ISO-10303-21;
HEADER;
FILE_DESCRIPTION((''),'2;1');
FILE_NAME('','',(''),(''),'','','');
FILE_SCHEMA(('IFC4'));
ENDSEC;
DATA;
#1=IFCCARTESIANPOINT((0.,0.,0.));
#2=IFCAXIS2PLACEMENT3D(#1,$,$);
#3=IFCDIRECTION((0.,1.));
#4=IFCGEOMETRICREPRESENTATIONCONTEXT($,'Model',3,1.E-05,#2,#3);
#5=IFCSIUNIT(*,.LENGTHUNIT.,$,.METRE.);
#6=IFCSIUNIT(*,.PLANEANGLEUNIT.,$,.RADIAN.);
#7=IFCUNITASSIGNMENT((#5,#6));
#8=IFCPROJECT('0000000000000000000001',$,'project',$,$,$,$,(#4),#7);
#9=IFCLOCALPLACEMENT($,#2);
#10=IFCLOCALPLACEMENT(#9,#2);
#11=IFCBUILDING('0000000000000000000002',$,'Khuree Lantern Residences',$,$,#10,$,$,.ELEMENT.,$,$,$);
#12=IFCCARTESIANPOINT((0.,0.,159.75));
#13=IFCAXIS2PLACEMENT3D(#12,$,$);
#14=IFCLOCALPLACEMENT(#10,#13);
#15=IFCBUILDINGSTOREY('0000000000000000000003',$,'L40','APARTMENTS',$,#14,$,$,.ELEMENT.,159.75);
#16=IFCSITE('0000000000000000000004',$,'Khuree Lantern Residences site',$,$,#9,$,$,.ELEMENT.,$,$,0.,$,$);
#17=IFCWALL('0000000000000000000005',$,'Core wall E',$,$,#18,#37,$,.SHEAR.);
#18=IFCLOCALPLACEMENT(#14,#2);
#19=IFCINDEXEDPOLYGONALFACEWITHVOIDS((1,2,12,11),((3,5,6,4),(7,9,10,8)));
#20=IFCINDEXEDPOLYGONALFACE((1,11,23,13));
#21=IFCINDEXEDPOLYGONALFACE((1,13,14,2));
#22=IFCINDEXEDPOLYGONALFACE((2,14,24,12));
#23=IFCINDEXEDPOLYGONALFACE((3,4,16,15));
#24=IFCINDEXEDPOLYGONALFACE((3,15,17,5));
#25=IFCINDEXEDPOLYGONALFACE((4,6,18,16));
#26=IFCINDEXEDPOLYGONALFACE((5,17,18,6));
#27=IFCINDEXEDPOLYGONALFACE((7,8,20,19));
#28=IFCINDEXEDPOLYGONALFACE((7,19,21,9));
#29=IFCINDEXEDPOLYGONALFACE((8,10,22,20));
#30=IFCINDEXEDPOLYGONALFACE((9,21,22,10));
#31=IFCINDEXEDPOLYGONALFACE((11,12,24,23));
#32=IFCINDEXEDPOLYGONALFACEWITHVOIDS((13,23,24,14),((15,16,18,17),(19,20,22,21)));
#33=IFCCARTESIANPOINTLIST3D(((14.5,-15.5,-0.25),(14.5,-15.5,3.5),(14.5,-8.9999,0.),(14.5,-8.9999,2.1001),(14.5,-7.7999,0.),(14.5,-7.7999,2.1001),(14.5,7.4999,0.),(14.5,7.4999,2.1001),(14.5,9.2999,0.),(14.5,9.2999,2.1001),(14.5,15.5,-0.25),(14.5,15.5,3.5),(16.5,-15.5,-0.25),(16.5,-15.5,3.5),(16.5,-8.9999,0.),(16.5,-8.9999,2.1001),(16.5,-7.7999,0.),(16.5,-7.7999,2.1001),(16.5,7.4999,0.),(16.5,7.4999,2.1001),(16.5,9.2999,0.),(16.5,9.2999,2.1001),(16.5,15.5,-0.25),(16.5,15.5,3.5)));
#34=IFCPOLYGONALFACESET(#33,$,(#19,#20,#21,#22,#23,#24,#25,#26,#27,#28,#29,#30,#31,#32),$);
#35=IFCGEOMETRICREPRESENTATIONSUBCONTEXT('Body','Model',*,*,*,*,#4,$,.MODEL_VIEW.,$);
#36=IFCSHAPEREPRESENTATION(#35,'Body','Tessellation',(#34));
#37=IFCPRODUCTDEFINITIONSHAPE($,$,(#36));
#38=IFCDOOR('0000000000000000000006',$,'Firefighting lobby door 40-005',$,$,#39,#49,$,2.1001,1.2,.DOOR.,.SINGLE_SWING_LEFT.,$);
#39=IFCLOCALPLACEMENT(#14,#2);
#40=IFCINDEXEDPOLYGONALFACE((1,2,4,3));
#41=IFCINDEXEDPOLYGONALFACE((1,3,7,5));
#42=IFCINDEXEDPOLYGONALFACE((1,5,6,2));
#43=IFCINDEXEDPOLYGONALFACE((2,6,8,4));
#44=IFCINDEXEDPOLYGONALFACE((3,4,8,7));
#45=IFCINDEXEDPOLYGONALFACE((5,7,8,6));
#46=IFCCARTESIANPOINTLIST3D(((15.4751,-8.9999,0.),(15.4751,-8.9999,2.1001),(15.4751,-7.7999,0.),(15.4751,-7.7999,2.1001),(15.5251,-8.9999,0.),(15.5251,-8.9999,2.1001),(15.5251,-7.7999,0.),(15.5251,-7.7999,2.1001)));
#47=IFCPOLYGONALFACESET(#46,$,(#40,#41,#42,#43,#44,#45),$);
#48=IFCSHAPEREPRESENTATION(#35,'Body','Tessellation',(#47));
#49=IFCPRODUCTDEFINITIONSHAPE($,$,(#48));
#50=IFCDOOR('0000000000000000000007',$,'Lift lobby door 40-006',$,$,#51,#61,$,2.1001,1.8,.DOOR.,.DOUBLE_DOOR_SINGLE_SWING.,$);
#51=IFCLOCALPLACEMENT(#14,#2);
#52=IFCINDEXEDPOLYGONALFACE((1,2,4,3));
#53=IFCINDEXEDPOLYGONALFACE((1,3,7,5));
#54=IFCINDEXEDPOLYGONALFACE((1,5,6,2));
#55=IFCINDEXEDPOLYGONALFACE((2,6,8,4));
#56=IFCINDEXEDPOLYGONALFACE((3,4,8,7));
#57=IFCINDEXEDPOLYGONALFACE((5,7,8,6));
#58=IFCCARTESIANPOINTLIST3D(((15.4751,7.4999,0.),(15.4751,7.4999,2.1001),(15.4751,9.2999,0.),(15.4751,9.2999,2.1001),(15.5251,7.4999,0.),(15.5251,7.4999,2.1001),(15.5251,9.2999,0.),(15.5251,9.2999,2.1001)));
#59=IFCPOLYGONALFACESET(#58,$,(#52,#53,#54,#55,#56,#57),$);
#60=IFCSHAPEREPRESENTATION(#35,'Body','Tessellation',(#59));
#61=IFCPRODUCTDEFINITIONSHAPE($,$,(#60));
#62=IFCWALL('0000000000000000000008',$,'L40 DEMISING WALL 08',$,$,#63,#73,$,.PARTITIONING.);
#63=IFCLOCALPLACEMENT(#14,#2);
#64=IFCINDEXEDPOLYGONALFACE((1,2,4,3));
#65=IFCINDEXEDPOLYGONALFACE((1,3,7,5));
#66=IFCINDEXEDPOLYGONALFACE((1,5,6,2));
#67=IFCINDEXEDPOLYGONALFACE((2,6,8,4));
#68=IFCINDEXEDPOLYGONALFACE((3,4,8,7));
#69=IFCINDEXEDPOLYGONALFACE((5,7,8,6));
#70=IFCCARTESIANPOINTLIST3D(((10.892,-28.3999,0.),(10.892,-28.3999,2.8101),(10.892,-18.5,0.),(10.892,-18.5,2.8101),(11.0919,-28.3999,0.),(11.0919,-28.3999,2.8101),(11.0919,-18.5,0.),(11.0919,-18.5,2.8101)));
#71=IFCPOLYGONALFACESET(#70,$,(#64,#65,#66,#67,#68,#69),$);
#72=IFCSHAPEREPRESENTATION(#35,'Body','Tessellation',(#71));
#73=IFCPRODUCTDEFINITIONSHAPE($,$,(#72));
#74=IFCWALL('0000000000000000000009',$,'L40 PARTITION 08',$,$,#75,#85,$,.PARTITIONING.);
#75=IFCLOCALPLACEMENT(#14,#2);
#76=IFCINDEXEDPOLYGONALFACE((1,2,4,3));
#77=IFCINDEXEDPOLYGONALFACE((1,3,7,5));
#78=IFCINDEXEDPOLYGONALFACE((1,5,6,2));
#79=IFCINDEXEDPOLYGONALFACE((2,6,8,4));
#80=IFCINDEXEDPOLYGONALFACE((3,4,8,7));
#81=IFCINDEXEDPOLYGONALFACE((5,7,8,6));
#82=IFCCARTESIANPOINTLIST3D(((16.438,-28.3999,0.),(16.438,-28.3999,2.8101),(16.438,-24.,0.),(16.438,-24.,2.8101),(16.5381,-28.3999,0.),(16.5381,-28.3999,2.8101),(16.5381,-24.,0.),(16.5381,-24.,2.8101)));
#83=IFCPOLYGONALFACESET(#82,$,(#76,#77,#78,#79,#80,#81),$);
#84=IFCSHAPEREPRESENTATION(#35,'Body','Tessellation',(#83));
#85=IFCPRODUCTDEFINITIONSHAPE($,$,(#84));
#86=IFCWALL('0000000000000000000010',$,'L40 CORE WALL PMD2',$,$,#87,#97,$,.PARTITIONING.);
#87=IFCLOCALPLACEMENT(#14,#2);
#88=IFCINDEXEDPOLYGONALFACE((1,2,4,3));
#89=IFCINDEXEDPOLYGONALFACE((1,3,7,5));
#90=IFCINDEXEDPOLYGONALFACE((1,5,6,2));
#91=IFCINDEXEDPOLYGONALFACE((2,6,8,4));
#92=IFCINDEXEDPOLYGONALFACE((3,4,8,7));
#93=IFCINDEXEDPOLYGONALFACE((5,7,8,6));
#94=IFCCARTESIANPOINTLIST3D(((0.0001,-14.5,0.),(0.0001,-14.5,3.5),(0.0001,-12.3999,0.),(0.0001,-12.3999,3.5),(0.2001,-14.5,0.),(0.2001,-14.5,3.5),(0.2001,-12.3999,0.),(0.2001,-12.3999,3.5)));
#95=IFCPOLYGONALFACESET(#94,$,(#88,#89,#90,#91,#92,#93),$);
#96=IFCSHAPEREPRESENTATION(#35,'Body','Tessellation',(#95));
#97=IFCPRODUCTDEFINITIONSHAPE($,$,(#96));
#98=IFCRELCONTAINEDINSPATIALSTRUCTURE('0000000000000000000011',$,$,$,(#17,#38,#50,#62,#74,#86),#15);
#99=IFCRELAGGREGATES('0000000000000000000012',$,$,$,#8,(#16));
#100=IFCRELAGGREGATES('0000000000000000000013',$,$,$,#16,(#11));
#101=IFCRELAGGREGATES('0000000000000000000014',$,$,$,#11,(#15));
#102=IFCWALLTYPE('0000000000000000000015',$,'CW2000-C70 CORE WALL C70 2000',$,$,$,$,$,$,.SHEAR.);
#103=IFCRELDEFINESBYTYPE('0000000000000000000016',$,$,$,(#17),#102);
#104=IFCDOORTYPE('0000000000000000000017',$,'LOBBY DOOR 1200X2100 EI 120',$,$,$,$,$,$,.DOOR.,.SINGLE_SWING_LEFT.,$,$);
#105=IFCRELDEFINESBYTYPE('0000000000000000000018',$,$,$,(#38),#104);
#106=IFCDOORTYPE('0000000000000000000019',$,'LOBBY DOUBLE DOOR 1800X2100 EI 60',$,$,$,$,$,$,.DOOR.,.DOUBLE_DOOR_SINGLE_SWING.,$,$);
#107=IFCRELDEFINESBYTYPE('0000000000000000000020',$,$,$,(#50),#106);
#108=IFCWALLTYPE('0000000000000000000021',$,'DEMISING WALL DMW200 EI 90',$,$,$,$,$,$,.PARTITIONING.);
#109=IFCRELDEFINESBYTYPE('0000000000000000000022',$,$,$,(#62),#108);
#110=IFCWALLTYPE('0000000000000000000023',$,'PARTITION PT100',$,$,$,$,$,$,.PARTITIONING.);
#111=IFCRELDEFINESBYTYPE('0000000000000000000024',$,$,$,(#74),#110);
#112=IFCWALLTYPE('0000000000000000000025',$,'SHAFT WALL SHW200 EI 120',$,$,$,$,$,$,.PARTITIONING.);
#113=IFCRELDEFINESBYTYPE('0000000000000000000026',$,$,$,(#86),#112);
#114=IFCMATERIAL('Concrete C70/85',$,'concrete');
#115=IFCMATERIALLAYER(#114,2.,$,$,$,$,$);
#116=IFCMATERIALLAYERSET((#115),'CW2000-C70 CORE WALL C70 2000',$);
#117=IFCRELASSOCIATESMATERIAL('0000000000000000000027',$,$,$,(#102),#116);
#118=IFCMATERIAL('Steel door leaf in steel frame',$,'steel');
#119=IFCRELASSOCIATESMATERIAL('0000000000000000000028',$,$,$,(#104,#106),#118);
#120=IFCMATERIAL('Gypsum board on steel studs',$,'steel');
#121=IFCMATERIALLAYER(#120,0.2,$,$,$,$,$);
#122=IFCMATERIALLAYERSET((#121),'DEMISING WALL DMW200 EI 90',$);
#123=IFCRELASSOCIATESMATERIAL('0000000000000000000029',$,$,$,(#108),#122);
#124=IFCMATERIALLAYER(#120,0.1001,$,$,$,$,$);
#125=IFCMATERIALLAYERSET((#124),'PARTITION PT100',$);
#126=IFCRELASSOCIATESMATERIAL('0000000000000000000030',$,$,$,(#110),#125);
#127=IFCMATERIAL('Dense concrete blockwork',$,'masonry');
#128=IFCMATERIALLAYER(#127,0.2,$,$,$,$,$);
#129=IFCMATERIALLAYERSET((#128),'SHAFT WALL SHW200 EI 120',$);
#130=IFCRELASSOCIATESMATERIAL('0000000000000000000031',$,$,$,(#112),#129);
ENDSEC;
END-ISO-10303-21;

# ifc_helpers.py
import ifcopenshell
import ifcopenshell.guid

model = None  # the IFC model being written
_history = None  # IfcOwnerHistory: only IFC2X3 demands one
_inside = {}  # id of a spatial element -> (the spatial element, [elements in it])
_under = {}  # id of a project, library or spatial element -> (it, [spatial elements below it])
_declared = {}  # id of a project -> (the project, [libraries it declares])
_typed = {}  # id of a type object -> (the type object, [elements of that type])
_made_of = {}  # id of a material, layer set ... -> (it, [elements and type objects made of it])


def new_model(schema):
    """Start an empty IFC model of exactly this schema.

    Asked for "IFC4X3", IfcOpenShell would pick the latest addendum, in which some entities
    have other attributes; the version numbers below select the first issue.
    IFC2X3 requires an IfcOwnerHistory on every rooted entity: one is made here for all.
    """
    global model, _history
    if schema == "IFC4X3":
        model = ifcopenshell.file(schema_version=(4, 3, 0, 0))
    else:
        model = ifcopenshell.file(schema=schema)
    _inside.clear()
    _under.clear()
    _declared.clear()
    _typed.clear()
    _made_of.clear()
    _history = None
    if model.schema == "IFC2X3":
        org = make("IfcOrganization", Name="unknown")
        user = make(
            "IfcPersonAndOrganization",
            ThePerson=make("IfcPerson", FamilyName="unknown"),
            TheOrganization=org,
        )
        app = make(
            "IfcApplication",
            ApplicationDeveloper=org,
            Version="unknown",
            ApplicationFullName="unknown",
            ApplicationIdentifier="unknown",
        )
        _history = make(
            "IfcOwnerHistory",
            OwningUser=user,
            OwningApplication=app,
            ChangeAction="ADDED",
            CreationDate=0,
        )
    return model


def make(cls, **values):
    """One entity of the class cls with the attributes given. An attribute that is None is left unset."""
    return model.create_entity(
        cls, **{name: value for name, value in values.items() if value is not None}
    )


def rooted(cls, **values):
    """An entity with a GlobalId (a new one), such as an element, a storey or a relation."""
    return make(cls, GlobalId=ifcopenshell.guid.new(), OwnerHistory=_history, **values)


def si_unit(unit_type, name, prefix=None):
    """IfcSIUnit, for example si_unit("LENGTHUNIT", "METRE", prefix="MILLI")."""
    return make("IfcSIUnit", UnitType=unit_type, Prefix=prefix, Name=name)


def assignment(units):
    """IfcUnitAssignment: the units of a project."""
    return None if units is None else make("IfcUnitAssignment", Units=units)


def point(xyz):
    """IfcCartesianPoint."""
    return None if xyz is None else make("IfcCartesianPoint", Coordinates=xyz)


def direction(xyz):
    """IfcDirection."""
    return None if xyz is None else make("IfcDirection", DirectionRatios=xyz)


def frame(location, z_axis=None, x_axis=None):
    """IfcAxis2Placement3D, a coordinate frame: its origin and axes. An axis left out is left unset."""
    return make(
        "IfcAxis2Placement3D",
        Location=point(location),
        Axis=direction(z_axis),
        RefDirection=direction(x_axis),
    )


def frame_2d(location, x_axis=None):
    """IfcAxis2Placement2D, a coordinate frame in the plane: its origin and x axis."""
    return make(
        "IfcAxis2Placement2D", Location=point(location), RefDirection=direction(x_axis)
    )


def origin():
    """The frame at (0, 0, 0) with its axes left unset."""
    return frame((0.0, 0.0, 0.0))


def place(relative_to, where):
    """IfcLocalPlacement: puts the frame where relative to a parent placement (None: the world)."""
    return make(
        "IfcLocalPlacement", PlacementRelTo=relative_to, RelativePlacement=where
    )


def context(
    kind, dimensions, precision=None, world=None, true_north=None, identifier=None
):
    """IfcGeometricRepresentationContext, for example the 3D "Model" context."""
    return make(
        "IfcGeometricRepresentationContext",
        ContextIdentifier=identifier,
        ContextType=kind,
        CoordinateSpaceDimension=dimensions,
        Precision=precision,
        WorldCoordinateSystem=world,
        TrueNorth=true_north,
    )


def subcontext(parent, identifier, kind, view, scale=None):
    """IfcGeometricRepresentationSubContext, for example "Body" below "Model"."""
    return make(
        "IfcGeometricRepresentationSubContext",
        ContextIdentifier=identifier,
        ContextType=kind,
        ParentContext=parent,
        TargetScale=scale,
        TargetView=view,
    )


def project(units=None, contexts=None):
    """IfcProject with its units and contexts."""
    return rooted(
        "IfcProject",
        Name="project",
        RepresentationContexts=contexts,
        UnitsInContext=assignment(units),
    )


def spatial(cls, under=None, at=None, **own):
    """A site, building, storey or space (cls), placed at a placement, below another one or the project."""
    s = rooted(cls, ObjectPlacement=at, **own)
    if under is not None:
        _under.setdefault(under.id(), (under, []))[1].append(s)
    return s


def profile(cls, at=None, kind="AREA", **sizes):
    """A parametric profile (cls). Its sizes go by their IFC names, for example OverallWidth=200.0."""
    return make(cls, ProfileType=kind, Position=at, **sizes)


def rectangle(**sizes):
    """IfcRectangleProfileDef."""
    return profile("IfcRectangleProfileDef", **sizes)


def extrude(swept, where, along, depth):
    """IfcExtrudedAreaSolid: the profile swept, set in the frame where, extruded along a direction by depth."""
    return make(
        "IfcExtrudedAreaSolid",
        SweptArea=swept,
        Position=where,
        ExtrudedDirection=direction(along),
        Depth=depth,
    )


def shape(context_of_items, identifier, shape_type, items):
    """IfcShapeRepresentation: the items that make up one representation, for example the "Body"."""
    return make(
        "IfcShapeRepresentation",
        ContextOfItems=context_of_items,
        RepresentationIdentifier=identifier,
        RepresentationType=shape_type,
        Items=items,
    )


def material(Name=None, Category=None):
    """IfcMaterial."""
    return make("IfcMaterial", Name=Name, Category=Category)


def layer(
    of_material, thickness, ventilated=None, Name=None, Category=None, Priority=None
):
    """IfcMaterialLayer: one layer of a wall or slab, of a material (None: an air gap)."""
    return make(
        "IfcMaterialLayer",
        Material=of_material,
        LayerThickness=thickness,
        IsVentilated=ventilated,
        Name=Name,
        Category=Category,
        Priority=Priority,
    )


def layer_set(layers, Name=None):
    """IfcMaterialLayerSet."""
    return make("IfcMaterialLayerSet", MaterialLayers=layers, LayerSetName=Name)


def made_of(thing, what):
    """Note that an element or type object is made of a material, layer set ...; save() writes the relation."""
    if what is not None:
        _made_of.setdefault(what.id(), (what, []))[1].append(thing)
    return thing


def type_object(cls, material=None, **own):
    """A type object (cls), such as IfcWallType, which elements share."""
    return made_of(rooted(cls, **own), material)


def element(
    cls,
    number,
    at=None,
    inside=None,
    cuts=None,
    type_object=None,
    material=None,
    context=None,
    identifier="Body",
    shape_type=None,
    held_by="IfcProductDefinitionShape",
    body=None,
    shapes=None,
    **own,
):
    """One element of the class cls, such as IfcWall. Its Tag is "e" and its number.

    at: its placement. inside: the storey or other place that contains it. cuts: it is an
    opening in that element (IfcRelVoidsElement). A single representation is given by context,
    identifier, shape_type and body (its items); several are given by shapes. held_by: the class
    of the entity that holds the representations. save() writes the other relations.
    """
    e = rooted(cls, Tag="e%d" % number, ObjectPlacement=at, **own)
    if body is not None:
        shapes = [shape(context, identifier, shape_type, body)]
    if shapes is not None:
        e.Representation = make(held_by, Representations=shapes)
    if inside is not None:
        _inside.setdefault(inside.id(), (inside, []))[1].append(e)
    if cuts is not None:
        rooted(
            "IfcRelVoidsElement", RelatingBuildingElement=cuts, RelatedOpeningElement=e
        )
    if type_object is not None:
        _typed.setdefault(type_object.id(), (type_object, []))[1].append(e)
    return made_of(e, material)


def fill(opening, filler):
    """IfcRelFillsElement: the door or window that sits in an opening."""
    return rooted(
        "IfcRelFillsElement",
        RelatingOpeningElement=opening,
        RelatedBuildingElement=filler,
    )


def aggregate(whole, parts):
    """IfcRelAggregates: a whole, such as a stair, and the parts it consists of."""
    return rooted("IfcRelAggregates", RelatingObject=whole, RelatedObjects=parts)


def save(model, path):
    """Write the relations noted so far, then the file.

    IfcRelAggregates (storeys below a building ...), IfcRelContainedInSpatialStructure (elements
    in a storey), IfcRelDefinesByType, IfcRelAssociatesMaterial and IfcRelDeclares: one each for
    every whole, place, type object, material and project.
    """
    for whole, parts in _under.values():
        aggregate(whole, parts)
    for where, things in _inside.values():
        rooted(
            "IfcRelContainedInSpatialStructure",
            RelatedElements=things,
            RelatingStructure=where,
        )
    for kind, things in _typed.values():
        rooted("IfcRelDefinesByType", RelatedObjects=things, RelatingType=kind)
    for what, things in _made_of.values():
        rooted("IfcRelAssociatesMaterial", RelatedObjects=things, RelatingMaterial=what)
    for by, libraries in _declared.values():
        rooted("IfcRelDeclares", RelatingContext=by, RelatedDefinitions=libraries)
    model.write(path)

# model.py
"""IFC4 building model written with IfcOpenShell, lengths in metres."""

from ifc_helpers import new_model, si_unit, direction, frame, frame_2d, origin, place, context, subcontext, project, spatial, rectangle, extrude, material, layer, layer_set, type_object, element, fill, save


model = new_model("IFC4")

# Units and contexts
model_context = context("Model", 3, precision=1e-05, world=origin(), true_north=direction((0.0, 1.0)))
body_context = subcontext(model_context, "Body", "Model", "MODEL_VIEW")
ifc_project = project(units=[si_unit("LENGTHUNIT", "METRE"), si_unit("PLANEANGLEUNIT", "RADIAN")], contexts=[model_context])

# Site, building, storey
site_placement = place(None, origin())
site = spatial("IfcSite", under=ifc_project, at=site_placement, Name="Khuree Lantern Residences site", CompositionType="ELEMENT", RefElevation=0.0)
building_placement = place(site_placement, origin())
building = spatial("IfcBuilding", under=site, at=building_placement, Name="Khuree Lantern Residences", CompositionType="ELEMENT")
storey_placement = place(building_placement, frame((0.0, 0.0, 159.75)))
storey = spatial("IfcBuildingStorey", under=building, at=storey_placement, Name="L40", Description="APARTMENTS", CompositionType="ELEMENT", Elevation=159.75)

# Shared definitions
ifc_material_1 = material(Name="Concrete C70/85", Category="concrete")

# Shared definitions
ifc_material_2 = material(Name="Gypsum board on steel studs", Category="steel")

# Wall, openings, doors
ifc_layer_1 = layer(ifc_material_1, 2.0)
ifc_layer_set_1 = layer_set([ifc_layer_1], Name="CW2000-C70 CORE WALL C70 2000")
wall_type_1 = type_object("IfcWallType", Name="CW2000-C70 CORE WALL C70 2000", PredefinedType="SHEAR", material=ifc_layer_set_1)
wall_1_placement = place(storey_placement, frame((15.5, -15.5, -0.25), z_axis=(0.0, 0.0, 1.0), x_axis=(0.0, 1.0, 0.0)))
wall_1 = element("IfcWall", 1, at=wall_1_placement, inside=storey, type_object=wall_type_1, Name="Core wall E", PredefinedType="SHEAR", context=body_context, shape_type="SweptSolid", body=[
    extrude(rectangle(XDim=31.0, YDim=2.0, at=frame_2d((15.5, 0.0))), origin(), (0.0, 0.0, 1.0), 3.75),
])
opening_1_placement = place(wall_1_placement, frame((6.5, 0.0, 0.25)))
opening_1 = element("IfcOpeningElement", 2, at=opening_1_placement, cuts=wall_1, PredefinedType="OPENING", context=body_context, shape_type="SweptSolid", body=[
    extrude(rectangle(XDim=1.2, YDim=2.1001, at=frame_2d((0.6001, 1.05))), frame((0.0, 1.01, 0.0), z_axis=(0.0, -1.0, 0.0), x_axis=(1.0, 0.0, 0.0)), (0.0, 0.0, 1.0), 2.02),
])
opening_2_placement = place(wall_1_placement, frame((23.0, 0.0, 0.25)))
opening_2 = element("IfcOpeningElement", 3, at=opening_2_placement, cuts=wall_1, PredefinedType="OPENING", context=body_context, shape_type="SweptSolid", body=[
    extrude(rectangle(XDim=1.8, YDim=2.1001, at=frame_2d((0.8999, 1.05))), frame((0.0, 1.01, 0.0), z_axis=(0.0, -1.0, 0.0), x_axis=(1.0, 0.0, 0.0)), (0.0, 0.0, 1.0), 2.02),
])
ifc_material_3 = material(Name="Steel door leaf in steel frame", Category="steel")
door_type_1 = type_object("IfcDoorType", Name="LOBBY DOOR 1200X2100 EI 120", OperationType="SINGLE_SWING_LEFT", PredefinedType="DOOR", material=ifc_material_3)
door_1_placement = place(opening_1_placement, origin())
door_1 = element("IfcDoor", 4, at=door_1_placement, inside=storey, type_object=door_type_1, Name="Firefighting lobby door 40-005", OperationType="SINGLE_SWING_LEFT", OverallHeight=2.1001, OverallWidth=1.2, PredefinedType="DOOR", context=body_context, shape_type="SweptSolid", body=[
    extrude(rectangle(XDim=1.2, YDim=2.1001, at=frame_2d((0.6001, 1.05))), frame((0.0, 0.0249, 0.0), z_axis=(0.0, -1.0, 0.0), x_axis=(1.0, 0.0, 0.0)), (0.0, 0.0, 1.0), 0.05),
])
fill(opening_1, door_1)
door_type_2 = type_object("IfcDoorType", Name="LOBBY DOUBLE DOOR 1800X2100 EI 60", OperationType="DOUBLE_DOOR_SINGLE_SWING", PredefinedType="DOOR", material=ifc_material_3)
door_2_placement = place(opening_2_placement, origin())
door_2 = element("IfcDoor", 5, at=door_2_placement, inside=storey, type_object=door_type_2, Name="Lift lobby door 40-006", OperationType="DOUBLE_DOOR_SINGLE_SWING", OverallHeight=2.1001, OverallWidth=1.8, PredefinedType="DOOR", context=body_context, shape_type="SweptSolid", body=[
    extrude(rectangle(XDim=1.8, YDim=2.1001, at=frame_2d((0.8999, 1.05))), frame((0.0, 0.0249, 0.0), z_axis=(0.0, -1.0, 0.0), x_axis=(1.0, 0.0, 0.0)), (0.0, 0.0, 1.0), 0.05),
])
fill(opening_2, door_2)

# Walls
ifc_layer_2 = layer(ifc_material_2, 0.2)
ifc_layer_set_2 = layer_set([ifc_layer_2], Name="DEMISING WALL DMW200 EI 90")
wall_type_2 = type_object("IfcWallType", Name="DEMISING WALL DMW200 EI 90", PredefinedType="PARTITIONING", material=ifc_layer_set_2)
wall_2_placement = place(storey_placement, frame((10.9919, -18.5, 0.0), z_axis=(0.0, 0.0, 1.0), x_axis=(0.0, -1.0, 0.0)))
element("IfcWall", 6, at=wall_2_placement, inside=storey, type_object=wall_type_2, Name="L40 DEMISING WALL 08", PredefinedType="PARTITIONING", context=body_context, shape_type="SweptSolid", body=[
    extrude(rectangle(XDim=9.8999, YDim=0.2, at=frame_2d((4.95, 0.0))), origin(), (0.0, 0.0, 1.0), 2.8101),
])
ifc_layer_3 = layer(ifc_material_2, 0.1001)
ifc_layer_set_3 = layer_set([ifc_layer_3], Name="PARTITION PT100")
wall_type_3 = type_object("IfcWallType", Name="PARTITION PT100", PredefinedType="PARTITIONING", material=ifc_layer_set_3)
wall_3_placement = place(storey_placement, frame((16.488, -24.0, 0.0), z_axis=(0.0, 0.0, 1.0), x_axis=(0.0, -1.0, 0.0)))
element("IfcWall", 7, at=wall_3_placement, inside=storey, type_object=wall_type_3, Name="L40 PARTITION 08", PredefinedType="PARTITIONING", context=body_context, shape_type="SweptSolid", body=[
    extrude(rectangle(XDim=4.3999, YDim=0.1001, at=frame_2d((2.2, 0.0))), origin(), (0.0, 0.0, 1.0), 2.8101),
])
ifc_material_4 = material(Name="Dense concrete blockwork", Category="masonry")
ifc_layer_4 = layer(ifc_material_4, 0.2)
ifc_layer_set_4 = layer_set([ifc_layer_4], Name="SHAFT WALL SHW200 EI 120")
wall_type_4 = type_object("IfcWallType", Name="SHAFT WALL SHW200 EI 120", PredefinedType="PARTITIONING", material=ifc_layer_set_4)
wall_4_placement = place(storey_placement, frame((0.1001, -14.5, 0.0), z_axis=(0.0, 0.0, 1.0), x_axis=(0.0, 1.0, 0.0)))
element("IfcWall", 8, at=wall_4_placement, inside=storey, type_object=wall_type_4, Name="L40 CORE WALL PMD2", PredefinedType="PARTITIONING", context=body_context, shape_type="SweptSolid", body=[
    extrude(rectangle(XDim=2.1001, YDim=0.2, at=frame_2d((1.05, 0.0))), origin(), (0.0, 0.0, 1.0), 3.5),
])

save(model, "model.ifc")
